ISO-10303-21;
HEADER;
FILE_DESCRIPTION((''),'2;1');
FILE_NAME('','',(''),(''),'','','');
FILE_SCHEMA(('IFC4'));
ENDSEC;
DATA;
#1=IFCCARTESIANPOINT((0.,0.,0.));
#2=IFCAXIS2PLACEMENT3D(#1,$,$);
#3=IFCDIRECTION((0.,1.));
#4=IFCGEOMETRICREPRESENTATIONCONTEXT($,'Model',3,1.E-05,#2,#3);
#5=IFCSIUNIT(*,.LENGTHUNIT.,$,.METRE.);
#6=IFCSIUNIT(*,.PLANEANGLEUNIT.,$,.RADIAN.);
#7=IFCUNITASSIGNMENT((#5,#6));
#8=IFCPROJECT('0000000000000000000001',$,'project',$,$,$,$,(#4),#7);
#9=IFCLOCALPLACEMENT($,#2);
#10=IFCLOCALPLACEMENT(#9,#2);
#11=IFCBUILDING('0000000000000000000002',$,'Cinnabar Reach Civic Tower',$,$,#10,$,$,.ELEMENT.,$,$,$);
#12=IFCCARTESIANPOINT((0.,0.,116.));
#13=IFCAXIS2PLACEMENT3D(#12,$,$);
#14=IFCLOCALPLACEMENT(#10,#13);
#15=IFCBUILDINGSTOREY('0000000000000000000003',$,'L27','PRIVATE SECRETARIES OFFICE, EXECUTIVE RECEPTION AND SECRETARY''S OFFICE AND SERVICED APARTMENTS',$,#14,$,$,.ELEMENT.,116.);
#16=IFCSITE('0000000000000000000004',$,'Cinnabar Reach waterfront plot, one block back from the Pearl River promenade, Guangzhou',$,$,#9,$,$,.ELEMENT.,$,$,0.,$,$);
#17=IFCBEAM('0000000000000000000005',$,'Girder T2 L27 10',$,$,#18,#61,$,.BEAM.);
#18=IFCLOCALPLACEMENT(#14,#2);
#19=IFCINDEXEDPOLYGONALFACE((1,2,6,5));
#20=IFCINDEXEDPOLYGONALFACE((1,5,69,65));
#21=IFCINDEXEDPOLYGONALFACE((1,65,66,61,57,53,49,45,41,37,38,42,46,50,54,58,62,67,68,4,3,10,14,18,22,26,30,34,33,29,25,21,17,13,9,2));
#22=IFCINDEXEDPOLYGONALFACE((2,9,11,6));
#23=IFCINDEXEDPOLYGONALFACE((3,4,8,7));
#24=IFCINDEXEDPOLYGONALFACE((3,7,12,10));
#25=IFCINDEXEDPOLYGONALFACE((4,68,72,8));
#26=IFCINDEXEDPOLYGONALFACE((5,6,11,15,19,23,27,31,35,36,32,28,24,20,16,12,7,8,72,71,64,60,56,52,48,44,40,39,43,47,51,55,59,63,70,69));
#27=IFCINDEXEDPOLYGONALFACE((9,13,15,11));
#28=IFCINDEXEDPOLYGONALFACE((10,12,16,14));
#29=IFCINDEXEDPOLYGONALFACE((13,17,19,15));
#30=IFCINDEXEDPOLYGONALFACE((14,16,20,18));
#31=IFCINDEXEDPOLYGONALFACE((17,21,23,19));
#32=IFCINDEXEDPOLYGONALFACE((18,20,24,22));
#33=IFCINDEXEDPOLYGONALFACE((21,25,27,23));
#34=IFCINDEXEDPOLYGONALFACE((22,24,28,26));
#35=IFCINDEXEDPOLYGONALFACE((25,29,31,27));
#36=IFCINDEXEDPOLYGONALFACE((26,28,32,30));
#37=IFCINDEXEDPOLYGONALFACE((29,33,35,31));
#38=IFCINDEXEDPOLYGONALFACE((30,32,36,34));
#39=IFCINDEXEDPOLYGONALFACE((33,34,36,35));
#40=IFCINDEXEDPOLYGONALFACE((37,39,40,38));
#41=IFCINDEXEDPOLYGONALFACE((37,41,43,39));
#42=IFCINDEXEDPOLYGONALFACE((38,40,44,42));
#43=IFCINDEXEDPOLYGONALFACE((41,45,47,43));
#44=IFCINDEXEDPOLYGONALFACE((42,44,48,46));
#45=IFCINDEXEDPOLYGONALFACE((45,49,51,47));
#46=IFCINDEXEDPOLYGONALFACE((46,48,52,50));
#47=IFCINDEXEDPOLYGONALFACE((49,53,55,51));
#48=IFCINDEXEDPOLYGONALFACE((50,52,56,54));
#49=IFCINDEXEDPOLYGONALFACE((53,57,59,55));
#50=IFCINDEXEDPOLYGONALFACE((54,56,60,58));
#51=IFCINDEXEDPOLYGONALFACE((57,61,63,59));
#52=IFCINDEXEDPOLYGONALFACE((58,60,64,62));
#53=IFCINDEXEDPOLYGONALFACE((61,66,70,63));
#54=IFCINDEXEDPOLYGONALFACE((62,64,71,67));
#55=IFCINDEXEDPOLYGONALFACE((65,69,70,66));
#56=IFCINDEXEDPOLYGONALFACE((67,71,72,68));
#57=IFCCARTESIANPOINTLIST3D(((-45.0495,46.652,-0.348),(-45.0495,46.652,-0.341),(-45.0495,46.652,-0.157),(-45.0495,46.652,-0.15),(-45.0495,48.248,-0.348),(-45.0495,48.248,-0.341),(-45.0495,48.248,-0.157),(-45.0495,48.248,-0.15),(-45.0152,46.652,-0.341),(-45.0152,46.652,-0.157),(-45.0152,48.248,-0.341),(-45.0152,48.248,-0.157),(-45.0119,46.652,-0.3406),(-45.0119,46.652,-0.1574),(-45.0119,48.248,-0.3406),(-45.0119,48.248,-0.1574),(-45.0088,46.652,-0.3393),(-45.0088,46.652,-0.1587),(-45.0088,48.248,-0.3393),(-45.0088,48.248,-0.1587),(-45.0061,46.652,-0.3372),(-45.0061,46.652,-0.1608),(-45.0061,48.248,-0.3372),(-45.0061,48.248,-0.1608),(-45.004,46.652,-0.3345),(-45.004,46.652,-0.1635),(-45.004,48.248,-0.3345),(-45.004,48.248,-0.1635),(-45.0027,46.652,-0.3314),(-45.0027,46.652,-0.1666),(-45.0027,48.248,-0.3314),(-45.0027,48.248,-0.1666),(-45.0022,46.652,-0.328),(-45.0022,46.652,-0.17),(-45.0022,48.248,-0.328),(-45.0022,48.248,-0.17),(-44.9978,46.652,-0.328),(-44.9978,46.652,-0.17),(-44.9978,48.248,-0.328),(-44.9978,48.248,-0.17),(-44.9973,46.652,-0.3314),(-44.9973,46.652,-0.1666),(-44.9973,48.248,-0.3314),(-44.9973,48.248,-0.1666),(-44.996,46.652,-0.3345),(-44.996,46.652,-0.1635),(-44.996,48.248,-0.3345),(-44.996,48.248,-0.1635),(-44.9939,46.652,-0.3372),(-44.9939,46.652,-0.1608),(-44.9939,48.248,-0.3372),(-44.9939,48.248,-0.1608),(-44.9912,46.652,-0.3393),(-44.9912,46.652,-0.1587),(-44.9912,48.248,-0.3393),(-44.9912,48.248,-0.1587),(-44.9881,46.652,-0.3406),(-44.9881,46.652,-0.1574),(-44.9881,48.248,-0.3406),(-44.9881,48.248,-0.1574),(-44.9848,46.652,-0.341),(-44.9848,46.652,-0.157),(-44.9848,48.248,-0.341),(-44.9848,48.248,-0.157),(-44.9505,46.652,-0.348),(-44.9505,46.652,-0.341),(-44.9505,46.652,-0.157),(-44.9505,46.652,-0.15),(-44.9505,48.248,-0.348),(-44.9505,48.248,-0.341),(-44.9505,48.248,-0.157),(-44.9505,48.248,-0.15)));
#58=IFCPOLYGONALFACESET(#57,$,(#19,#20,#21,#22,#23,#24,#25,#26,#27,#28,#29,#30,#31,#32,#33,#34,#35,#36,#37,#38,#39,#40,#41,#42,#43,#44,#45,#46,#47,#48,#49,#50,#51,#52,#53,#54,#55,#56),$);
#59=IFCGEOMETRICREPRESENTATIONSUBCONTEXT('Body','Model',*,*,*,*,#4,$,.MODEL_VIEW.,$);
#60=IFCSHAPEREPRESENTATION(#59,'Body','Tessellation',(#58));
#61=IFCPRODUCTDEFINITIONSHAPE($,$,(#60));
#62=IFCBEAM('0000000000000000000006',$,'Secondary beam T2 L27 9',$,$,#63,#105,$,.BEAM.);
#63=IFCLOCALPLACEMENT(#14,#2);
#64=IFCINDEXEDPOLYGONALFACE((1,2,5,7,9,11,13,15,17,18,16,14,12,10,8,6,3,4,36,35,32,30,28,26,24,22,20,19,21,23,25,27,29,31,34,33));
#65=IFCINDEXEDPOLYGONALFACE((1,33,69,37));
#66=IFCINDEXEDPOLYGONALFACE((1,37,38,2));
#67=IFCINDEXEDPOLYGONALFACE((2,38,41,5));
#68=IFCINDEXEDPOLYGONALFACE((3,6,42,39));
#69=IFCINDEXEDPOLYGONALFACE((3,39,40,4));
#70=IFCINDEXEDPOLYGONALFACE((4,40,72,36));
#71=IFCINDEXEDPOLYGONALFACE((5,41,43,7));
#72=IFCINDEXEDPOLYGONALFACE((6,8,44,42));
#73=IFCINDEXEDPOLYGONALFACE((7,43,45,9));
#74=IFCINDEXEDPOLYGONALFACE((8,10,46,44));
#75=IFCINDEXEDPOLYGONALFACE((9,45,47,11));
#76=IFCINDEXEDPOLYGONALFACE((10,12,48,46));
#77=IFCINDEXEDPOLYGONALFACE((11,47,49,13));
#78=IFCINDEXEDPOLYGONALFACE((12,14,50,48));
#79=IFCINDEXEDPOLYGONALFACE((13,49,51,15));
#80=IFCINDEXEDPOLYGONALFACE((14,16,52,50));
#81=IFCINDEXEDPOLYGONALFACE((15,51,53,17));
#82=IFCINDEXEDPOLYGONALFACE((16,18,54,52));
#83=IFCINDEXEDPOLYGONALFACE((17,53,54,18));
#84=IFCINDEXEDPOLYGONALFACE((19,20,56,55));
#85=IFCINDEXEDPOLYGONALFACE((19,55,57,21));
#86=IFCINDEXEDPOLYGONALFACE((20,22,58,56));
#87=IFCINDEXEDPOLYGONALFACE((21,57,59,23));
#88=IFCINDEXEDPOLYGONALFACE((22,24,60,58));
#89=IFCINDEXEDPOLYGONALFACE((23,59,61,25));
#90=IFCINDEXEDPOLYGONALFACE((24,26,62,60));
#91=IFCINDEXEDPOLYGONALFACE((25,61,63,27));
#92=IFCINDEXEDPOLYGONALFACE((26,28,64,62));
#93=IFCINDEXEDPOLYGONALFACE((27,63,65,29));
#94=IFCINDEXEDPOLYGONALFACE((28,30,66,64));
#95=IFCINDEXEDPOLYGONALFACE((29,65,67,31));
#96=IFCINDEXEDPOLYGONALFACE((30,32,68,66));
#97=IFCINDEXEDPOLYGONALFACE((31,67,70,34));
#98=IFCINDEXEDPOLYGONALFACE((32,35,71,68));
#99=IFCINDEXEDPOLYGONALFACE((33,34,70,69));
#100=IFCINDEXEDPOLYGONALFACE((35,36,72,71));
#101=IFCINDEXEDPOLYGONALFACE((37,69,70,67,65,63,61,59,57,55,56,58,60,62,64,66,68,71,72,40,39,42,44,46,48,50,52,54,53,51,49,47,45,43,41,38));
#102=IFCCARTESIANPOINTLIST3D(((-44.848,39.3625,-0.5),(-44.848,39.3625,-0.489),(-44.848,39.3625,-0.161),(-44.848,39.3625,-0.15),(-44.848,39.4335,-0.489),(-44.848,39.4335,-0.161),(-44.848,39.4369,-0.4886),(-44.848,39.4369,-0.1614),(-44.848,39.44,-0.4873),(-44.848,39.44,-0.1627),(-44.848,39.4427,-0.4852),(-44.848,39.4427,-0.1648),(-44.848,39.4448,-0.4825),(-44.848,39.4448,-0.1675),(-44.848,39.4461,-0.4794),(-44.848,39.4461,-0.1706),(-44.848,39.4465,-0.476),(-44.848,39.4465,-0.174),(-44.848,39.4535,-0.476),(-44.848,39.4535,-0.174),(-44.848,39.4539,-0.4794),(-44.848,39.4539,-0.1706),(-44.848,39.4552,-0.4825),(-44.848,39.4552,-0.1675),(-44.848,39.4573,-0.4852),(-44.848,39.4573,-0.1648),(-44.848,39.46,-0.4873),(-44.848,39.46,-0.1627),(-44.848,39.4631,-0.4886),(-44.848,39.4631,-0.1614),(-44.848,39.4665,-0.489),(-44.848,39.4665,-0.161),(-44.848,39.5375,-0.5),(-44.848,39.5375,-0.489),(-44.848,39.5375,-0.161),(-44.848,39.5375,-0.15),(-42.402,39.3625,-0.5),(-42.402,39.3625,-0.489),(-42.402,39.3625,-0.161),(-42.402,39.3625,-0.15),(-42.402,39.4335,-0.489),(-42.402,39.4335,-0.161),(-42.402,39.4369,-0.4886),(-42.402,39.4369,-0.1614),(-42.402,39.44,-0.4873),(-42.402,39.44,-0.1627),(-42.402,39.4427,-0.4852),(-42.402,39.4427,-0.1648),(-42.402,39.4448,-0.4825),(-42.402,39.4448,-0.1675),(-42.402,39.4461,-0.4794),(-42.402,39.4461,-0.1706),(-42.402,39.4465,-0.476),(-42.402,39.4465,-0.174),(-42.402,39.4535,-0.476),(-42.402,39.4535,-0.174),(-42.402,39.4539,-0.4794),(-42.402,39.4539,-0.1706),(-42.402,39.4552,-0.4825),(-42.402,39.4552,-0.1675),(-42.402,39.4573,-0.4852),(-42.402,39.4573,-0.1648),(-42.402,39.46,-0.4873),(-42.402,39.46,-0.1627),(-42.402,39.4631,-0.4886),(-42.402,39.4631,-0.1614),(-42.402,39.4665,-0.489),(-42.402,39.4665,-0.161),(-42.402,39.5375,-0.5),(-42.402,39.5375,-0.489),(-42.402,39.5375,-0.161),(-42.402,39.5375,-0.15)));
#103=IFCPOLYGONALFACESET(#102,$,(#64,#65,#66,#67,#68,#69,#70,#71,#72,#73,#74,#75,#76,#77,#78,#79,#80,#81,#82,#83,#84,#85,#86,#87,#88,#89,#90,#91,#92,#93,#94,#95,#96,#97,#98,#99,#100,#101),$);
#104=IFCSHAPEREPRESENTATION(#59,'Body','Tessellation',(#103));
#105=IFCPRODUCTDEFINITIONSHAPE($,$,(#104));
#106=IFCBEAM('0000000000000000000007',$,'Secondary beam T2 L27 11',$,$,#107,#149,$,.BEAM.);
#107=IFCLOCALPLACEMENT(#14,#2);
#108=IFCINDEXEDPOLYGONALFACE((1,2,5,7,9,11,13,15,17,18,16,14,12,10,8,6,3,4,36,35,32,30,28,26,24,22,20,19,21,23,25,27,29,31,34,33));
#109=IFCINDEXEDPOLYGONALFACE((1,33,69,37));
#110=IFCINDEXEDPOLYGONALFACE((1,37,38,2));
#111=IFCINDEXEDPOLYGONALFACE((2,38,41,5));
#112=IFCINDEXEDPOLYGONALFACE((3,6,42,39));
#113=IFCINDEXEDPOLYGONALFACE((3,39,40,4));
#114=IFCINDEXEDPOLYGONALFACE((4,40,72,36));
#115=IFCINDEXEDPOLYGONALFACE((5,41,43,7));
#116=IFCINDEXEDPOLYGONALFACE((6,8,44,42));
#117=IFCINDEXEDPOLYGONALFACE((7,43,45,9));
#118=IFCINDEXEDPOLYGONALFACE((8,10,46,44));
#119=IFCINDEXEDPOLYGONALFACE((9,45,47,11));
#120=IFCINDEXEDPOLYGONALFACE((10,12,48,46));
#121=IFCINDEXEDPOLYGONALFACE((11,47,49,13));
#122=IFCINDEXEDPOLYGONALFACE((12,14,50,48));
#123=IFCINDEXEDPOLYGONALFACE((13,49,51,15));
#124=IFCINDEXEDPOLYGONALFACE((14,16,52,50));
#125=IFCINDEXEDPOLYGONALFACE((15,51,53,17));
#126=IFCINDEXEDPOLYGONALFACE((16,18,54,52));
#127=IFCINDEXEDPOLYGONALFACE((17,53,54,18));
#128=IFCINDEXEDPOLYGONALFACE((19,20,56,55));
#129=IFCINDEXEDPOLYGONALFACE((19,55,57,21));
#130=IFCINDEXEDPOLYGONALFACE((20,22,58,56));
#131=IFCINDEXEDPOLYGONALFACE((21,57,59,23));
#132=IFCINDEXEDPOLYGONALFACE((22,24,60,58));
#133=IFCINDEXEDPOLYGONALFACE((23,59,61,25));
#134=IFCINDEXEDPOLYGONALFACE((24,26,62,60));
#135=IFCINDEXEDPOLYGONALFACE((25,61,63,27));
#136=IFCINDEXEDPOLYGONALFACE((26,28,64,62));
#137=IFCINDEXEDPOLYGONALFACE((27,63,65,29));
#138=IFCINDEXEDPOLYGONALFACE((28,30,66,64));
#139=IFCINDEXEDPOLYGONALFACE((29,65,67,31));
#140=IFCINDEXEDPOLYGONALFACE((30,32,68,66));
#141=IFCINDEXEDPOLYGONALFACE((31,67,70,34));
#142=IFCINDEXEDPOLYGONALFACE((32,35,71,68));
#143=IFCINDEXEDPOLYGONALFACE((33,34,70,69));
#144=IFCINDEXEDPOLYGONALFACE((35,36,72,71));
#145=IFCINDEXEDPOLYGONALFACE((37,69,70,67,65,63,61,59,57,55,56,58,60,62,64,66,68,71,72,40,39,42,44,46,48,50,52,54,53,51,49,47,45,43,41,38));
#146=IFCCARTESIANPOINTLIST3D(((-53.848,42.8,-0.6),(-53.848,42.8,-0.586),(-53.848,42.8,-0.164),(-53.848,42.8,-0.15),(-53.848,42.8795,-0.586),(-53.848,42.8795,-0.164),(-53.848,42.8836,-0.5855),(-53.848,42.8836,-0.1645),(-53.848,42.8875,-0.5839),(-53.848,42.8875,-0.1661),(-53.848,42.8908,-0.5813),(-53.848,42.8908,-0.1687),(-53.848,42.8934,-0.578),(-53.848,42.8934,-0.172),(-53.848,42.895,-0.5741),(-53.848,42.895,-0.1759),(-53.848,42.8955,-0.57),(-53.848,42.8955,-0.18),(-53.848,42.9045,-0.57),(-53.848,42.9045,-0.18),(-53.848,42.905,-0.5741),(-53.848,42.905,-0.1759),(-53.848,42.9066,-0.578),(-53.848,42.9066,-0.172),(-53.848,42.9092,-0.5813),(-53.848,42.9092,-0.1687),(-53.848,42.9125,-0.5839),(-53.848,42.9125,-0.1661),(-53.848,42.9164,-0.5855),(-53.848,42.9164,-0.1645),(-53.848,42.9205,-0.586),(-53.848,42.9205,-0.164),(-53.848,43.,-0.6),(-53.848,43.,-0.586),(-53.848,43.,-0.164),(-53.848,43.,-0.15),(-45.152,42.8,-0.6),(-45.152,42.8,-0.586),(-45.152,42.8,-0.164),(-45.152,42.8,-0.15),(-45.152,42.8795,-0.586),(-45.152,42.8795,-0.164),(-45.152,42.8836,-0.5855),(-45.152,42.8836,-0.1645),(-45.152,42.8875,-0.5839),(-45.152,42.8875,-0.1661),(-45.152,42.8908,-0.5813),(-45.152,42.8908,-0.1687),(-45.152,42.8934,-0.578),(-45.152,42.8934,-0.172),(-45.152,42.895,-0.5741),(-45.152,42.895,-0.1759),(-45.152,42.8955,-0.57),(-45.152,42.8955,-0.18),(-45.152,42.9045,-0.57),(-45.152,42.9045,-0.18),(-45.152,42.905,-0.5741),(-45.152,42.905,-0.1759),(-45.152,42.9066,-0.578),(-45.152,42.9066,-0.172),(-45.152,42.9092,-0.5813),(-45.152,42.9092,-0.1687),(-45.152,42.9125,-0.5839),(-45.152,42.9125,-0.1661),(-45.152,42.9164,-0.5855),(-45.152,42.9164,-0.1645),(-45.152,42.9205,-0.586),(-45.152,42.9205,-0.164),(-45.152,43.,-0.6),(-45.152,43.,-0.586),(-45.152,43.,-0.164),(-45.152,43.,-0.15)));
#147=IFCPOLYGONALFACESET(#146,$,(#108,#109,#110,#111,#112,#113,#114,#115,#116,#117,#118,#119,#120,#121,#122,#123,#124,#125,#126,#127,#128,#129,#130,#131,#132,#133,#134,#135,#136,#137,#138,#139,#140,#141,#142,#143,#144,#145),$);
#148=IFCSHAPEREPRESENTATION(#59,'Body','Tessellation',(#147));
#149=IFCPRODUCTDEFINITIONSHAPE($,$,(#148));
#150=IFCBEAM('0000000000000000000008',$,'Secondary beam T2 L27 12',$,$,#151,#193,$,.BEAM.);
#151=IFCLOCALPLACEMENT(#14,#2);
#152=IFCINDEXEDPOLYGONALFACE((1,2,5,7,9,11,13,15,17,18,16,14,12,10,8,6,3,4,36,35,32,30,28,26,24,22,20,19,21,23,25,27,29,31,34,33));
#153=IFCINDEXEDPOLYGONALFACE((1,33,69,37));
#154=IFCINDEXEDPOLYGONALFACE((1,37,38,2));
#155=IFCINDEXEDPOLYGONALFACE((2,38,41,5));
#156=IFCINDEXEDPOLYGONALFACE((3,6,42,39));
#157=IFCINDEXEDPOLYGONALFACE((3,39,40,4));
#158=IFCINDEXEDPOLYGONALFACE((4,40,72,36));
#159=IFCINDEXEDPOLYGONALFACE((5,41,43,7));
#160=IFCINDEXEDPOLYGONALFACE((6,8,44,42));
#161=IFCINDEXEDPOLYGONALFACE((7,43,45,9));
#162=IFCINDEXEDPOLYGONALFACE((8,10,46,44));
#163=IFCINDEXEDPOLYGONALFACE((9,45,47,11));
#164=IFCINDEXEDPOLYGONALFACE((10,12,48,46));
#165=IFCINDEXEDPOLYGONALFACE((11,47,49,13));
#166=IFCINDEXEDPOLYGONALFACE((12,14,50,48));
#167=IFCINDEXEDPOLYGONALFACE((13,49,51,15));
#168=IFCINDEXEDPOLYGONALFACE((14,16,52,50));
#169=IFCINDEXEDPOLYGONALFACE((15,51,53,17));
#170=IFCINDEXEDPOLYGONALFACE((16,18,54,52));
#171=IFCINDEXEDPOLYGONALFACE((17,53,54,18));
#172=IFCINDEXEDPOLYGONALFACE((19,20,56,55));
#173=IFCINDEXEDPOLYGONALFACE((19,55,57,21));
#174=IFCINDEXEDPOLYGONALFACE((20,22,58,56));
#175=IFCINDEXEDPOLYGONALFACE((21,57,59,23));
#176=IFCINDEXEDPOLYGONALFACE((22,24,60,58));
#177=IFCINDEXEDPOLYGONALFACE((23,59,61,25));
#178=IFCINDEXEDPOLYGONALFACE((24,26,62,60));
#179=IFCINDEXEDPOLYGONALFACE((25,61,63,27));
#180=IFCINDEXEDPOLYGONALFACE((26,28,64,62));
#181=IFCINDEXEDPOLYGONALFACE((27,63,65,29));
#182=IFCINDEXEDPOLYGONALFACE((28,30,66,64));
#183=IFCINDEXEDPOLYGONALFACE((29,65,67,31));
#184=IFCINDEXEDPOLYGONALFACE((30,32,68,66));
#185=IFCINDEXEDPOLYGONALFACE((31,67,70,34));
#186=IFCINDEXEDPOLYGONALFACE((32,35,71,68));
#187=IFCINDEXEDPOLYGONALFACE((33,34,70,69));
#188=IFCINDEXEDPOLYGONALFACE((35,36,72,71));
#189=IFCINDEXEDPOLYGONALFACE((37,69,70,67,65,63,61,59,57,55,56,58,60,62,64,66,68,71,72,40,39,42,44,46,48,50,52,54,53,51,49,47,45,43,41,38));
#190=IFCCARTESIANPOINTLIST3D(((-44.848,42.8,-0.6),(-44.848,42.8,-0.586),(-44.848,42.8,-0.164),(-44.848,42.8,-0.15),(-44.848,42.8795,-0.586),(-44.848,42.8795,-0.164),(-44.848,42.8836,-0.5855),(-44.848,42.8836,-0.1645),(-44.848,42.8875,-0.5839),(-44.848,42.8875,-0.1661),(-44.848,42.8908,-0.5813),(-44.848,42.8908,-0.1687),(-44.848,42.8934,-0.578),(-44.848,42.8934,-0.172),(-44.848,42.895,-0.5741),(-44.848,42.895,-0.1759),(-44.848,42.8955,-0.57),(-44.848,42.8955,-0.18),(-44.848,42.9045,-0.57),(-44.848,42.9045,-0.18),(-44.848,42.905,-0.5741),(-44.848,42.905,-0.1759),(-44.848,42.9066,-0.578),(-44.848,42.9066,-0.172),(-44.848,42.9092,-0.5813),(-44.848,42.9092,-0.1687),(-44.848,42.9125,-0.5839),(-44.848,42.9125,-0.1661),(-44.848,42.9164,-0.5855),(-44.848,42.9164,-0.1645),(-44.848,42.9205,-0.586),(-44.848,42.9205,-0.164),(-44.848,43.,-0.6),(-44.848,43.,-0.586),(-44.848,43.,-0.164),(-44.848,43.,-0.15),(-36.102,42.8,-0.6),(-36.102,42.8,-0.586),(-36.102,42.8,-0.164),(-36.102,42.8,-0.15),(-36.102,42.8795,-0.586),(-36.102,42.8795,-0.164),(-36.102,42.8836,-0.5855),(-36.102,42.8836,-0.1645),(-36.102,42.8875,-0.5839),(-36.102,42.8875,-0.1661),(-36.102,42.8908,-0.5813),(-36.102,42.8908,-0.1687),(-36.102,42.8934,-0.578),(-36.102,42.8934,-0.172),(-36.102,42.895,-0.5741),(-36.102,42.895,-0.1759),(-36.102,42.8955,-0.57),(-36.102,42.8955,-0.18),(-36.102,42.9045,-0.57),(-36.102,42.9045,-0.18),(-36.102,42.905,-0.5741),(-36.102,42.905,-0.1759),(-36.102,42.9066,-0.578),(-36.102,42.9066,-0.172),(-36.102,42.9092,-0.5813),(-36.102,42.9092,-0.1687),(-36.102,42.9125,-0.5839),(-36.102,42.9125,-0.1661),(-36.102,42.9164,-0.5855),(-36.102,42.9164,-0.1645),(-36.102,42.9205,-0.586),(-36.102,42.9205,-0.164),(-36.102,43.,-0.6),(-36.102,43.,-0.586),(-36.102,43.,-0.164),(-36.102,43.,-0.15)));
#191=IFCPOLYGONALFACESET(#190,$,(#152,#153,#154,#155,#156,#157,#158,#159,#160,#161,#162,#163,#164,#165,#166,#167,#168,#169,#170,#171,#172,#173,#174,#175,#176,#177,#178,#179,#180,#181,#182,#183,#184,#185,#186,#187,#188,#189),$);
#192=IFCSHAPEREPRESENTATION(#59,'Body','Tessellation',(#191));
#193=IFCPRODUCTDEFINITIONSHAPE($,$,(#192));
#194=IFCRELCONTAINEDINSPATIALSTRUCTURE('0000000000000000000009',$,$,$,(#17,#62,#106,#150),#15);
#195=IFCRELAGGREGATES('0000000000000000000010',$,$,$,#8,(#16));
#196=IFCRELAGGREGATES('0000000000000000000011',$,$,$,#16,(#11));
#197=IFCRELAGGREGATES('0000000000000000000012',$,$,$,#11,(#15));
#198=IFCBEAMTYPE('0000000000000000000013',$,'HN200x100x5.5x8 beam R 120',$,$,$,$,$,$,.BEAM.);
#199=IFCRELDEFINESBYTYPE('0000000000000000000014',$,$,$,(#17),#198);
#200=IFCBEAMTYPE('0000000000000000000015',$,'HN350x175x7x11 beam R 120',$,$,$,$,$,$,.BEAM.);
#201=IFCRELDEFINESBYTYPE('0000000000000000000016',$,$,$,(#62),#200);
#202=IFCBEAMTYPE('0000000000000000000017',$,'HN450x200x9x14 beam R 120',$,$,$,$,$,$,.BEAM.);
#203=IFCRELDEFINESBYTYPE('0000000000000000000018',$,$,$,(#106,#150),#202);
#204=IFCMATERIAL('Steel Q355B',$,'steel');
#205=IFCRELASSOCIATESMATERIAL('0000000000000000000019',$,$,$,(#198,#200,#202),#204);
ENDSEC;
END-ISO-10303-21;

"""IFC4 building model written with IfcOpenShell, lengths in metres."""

from ifc_helpers import new_model, si_unit, direction, frame, origin, origin_2d, place, context, subcontext, project, spatial, i_section, extrude, material, material_profile, profile_set, type_object, element, save


model = new_model("IFC4")

# Units and contexts
model_context = context("Model", 3, precision=1e-05, world=origin(), true_north=direction((0.0, 1.0)))
body_context = subcontext(model_context, "Body", "Model", "MODEL_VIEW")
ifc_project = project(units=[si_unit("LENGTHUNIT", "METRE"), si_unit("PLANEANGLEUNIT", "RADIAN")], contexts=[model_context])

# Site, building, storey
site_placement = place(None, origin())
site = spatial("IfcSite", under=ifc_project, at=site_placement, Name="Cinnabar Reach waterfront plot, one block back from the Pearl River promenade, Guangzhou", CompositionType="ELEMENT", RefElevation=0.0)
building_placement = place(site_placement, origin())
building = spatial("IfcBuilding", under=site, at=building_placement, Name="Cinnabar Reach Civic Tower", CompositionType="ELEMENT")
storey_placement = place(building_placement, frame((0.0, 0.0, 116.0)))
storey = spatial("IfcBuildingStorey", under=building, at=storey_placement, Name="L27", Description="PRIVATE SECRETARIES OFFICE, EXECUTIVE RECEPTION AND SECRETARY'S OFFICE AND SERVICED APARTMENTS", CompositionType="ELEMENT", Elevation=116.0)

# Beams
ifc_material_1 = material(Name="Steel Q355B", Category="steel")
ifc_material_profile_1 = material_profile(ifc_material_1, i_section(OverallWidth=0.099, OverallDepth=0.198, WebThickness=0.0045, FlangeThickness=0.007, FilletRadius=0.013, at=origin_2d()), Name="HN200x100x5.5x8")
ifc_profile_set_1 = profile_set([ifc_material_profile_1], Name="Steel Q355B")
beam_type_1 = type_object("IfcBeamType", Name="HN200x100x5.5x8 beam R 120", PredefinedType="BEAM", material=ifc_profile_set_1)
beam_1_placement = place(storey_placement, frame((-45.0, 46.652, -0.249), z_axis=(0.0, 1.0, 0.0), x_axis=(-1.0, 0.0, 0.0)))
element("IfcBeam", 1, at=beam_1_placement, inside=storey, type_object=beam_type_1, Name="Girder T2 L27 10", PredefinedType="BEAM", context=body_context, shape_type="SweptSolid", body=[
    extrude(i_section(OverallWidth=0.099, OverallDepth=0.198, WebThickness=0.0045, FlangeThickness=0.007, FilletRadius=0.013, at=origin_2d()), origin(), (0.0, 0.0, 1.0), 1.596),
])
ifc_material_profile_2 = material_profile(ifc_material_1, i_section(OverallWidth=0.175, OverallDepth=0.35, WebThickness=0.007, FlangeThickness=0.011, FilletRadius=0.013, at=origin_2d()), Name="HN350x175x7x11")
ifc_profile_set_2 = profile_set([ifc_material_profile_2], Name="Steel Q355B")
beam_type_2 = type_object("IfcBeamType", Name="HN350x175x7x11 beam R 120", PredefinedType="BEAM", material=ifc_profile_set_2)
beam_2_placement = place(storey_placement, frame((-44.848, 39.45, -0.325), z_axis=(1.0, 0.0, 0.0), x_axis=(0.0, 1.0, 0.0)))
element("IfcBeam", 2, at=beam_2_placement, inside=storey, type_object=beam_type_2, Name="Secondary beam T2 L27 9", PredefinedType="BEAM", context=body_context, shape_type="SweptSolid", body=[
    extrude(i_section(OverallWidth=0.175, OverallDepth=0.35, WebThickness=0.007, FlangeThickness=0.011, FilletRadius=0.013, at=origin_2d()), origin(), (0.0, 0.0, 1.0), 2.446),
])
ifc_material_profile_3 = material_profile(ifc_material_1, i_section(OverallWidth=0.2, OverallDepth=0.45, WebThickness=0.009, FlangeThickness=0.014, FilletRadius=0.016, at=origin_2d()), Name="HN450x200x9x14")
ifc_profile_set_3 = profile_set([ifc_material_profile_3], Name="Steel Q355B")
beam_type_3 = type_object("IfcBeamType", Name="HN450x200x9x14 beam R 120", PredefinedType="BEAM", material=ifc_profile_set_3)
beam_3_placement = place(storey_placement, frame((-53.848, 42.9, -0.375), z_axis=(1.0, 0.0, 0.0), x_axis=(0.0, 1.0, 0.0)))
element("IfcBeam", 3, at=beam_3_placement, inside=storey, type_object=beam_type_3, Name="Secondary beam T2 L27 11", PredefinedType="BEAM", context=body_context, shape_type="SweptSolid", body=[
    extrude(i_section(OverallWidth=0.2, OverallDepth=0.45, WebThickness=0.009, FlangeThickness=0.014, FilletRadius=0.016, at=origin_2d()), origin(), (0.0, 0.0, 1.0), 8.696),
])
beam_4_placement = place(storey_placement, frame((-44.848, 42.9, -0.375), z_axis=(1.0, 0.0, 0.0), x_axis=(0.0, 1.0, 0.0)))
element("IfcBeam", 4, at=beam_4_placement, inside=storey, type_object=beam_type_3, Name="Secondary beam T2 L27 12", PredefinedType="BEAM", context=body_context, shape_type="SweptSolid", body=[
    extrude(i_section(OverallWidth=0.2, OverallDepth=0.45, WebThickness=0.009, FlangeThickness=0.014, FilletRadius=0.016, at=origin_2d()), origin(), (0.0, 0.0, 1.0), 8.746),
])

save(model, "model.ifc")
